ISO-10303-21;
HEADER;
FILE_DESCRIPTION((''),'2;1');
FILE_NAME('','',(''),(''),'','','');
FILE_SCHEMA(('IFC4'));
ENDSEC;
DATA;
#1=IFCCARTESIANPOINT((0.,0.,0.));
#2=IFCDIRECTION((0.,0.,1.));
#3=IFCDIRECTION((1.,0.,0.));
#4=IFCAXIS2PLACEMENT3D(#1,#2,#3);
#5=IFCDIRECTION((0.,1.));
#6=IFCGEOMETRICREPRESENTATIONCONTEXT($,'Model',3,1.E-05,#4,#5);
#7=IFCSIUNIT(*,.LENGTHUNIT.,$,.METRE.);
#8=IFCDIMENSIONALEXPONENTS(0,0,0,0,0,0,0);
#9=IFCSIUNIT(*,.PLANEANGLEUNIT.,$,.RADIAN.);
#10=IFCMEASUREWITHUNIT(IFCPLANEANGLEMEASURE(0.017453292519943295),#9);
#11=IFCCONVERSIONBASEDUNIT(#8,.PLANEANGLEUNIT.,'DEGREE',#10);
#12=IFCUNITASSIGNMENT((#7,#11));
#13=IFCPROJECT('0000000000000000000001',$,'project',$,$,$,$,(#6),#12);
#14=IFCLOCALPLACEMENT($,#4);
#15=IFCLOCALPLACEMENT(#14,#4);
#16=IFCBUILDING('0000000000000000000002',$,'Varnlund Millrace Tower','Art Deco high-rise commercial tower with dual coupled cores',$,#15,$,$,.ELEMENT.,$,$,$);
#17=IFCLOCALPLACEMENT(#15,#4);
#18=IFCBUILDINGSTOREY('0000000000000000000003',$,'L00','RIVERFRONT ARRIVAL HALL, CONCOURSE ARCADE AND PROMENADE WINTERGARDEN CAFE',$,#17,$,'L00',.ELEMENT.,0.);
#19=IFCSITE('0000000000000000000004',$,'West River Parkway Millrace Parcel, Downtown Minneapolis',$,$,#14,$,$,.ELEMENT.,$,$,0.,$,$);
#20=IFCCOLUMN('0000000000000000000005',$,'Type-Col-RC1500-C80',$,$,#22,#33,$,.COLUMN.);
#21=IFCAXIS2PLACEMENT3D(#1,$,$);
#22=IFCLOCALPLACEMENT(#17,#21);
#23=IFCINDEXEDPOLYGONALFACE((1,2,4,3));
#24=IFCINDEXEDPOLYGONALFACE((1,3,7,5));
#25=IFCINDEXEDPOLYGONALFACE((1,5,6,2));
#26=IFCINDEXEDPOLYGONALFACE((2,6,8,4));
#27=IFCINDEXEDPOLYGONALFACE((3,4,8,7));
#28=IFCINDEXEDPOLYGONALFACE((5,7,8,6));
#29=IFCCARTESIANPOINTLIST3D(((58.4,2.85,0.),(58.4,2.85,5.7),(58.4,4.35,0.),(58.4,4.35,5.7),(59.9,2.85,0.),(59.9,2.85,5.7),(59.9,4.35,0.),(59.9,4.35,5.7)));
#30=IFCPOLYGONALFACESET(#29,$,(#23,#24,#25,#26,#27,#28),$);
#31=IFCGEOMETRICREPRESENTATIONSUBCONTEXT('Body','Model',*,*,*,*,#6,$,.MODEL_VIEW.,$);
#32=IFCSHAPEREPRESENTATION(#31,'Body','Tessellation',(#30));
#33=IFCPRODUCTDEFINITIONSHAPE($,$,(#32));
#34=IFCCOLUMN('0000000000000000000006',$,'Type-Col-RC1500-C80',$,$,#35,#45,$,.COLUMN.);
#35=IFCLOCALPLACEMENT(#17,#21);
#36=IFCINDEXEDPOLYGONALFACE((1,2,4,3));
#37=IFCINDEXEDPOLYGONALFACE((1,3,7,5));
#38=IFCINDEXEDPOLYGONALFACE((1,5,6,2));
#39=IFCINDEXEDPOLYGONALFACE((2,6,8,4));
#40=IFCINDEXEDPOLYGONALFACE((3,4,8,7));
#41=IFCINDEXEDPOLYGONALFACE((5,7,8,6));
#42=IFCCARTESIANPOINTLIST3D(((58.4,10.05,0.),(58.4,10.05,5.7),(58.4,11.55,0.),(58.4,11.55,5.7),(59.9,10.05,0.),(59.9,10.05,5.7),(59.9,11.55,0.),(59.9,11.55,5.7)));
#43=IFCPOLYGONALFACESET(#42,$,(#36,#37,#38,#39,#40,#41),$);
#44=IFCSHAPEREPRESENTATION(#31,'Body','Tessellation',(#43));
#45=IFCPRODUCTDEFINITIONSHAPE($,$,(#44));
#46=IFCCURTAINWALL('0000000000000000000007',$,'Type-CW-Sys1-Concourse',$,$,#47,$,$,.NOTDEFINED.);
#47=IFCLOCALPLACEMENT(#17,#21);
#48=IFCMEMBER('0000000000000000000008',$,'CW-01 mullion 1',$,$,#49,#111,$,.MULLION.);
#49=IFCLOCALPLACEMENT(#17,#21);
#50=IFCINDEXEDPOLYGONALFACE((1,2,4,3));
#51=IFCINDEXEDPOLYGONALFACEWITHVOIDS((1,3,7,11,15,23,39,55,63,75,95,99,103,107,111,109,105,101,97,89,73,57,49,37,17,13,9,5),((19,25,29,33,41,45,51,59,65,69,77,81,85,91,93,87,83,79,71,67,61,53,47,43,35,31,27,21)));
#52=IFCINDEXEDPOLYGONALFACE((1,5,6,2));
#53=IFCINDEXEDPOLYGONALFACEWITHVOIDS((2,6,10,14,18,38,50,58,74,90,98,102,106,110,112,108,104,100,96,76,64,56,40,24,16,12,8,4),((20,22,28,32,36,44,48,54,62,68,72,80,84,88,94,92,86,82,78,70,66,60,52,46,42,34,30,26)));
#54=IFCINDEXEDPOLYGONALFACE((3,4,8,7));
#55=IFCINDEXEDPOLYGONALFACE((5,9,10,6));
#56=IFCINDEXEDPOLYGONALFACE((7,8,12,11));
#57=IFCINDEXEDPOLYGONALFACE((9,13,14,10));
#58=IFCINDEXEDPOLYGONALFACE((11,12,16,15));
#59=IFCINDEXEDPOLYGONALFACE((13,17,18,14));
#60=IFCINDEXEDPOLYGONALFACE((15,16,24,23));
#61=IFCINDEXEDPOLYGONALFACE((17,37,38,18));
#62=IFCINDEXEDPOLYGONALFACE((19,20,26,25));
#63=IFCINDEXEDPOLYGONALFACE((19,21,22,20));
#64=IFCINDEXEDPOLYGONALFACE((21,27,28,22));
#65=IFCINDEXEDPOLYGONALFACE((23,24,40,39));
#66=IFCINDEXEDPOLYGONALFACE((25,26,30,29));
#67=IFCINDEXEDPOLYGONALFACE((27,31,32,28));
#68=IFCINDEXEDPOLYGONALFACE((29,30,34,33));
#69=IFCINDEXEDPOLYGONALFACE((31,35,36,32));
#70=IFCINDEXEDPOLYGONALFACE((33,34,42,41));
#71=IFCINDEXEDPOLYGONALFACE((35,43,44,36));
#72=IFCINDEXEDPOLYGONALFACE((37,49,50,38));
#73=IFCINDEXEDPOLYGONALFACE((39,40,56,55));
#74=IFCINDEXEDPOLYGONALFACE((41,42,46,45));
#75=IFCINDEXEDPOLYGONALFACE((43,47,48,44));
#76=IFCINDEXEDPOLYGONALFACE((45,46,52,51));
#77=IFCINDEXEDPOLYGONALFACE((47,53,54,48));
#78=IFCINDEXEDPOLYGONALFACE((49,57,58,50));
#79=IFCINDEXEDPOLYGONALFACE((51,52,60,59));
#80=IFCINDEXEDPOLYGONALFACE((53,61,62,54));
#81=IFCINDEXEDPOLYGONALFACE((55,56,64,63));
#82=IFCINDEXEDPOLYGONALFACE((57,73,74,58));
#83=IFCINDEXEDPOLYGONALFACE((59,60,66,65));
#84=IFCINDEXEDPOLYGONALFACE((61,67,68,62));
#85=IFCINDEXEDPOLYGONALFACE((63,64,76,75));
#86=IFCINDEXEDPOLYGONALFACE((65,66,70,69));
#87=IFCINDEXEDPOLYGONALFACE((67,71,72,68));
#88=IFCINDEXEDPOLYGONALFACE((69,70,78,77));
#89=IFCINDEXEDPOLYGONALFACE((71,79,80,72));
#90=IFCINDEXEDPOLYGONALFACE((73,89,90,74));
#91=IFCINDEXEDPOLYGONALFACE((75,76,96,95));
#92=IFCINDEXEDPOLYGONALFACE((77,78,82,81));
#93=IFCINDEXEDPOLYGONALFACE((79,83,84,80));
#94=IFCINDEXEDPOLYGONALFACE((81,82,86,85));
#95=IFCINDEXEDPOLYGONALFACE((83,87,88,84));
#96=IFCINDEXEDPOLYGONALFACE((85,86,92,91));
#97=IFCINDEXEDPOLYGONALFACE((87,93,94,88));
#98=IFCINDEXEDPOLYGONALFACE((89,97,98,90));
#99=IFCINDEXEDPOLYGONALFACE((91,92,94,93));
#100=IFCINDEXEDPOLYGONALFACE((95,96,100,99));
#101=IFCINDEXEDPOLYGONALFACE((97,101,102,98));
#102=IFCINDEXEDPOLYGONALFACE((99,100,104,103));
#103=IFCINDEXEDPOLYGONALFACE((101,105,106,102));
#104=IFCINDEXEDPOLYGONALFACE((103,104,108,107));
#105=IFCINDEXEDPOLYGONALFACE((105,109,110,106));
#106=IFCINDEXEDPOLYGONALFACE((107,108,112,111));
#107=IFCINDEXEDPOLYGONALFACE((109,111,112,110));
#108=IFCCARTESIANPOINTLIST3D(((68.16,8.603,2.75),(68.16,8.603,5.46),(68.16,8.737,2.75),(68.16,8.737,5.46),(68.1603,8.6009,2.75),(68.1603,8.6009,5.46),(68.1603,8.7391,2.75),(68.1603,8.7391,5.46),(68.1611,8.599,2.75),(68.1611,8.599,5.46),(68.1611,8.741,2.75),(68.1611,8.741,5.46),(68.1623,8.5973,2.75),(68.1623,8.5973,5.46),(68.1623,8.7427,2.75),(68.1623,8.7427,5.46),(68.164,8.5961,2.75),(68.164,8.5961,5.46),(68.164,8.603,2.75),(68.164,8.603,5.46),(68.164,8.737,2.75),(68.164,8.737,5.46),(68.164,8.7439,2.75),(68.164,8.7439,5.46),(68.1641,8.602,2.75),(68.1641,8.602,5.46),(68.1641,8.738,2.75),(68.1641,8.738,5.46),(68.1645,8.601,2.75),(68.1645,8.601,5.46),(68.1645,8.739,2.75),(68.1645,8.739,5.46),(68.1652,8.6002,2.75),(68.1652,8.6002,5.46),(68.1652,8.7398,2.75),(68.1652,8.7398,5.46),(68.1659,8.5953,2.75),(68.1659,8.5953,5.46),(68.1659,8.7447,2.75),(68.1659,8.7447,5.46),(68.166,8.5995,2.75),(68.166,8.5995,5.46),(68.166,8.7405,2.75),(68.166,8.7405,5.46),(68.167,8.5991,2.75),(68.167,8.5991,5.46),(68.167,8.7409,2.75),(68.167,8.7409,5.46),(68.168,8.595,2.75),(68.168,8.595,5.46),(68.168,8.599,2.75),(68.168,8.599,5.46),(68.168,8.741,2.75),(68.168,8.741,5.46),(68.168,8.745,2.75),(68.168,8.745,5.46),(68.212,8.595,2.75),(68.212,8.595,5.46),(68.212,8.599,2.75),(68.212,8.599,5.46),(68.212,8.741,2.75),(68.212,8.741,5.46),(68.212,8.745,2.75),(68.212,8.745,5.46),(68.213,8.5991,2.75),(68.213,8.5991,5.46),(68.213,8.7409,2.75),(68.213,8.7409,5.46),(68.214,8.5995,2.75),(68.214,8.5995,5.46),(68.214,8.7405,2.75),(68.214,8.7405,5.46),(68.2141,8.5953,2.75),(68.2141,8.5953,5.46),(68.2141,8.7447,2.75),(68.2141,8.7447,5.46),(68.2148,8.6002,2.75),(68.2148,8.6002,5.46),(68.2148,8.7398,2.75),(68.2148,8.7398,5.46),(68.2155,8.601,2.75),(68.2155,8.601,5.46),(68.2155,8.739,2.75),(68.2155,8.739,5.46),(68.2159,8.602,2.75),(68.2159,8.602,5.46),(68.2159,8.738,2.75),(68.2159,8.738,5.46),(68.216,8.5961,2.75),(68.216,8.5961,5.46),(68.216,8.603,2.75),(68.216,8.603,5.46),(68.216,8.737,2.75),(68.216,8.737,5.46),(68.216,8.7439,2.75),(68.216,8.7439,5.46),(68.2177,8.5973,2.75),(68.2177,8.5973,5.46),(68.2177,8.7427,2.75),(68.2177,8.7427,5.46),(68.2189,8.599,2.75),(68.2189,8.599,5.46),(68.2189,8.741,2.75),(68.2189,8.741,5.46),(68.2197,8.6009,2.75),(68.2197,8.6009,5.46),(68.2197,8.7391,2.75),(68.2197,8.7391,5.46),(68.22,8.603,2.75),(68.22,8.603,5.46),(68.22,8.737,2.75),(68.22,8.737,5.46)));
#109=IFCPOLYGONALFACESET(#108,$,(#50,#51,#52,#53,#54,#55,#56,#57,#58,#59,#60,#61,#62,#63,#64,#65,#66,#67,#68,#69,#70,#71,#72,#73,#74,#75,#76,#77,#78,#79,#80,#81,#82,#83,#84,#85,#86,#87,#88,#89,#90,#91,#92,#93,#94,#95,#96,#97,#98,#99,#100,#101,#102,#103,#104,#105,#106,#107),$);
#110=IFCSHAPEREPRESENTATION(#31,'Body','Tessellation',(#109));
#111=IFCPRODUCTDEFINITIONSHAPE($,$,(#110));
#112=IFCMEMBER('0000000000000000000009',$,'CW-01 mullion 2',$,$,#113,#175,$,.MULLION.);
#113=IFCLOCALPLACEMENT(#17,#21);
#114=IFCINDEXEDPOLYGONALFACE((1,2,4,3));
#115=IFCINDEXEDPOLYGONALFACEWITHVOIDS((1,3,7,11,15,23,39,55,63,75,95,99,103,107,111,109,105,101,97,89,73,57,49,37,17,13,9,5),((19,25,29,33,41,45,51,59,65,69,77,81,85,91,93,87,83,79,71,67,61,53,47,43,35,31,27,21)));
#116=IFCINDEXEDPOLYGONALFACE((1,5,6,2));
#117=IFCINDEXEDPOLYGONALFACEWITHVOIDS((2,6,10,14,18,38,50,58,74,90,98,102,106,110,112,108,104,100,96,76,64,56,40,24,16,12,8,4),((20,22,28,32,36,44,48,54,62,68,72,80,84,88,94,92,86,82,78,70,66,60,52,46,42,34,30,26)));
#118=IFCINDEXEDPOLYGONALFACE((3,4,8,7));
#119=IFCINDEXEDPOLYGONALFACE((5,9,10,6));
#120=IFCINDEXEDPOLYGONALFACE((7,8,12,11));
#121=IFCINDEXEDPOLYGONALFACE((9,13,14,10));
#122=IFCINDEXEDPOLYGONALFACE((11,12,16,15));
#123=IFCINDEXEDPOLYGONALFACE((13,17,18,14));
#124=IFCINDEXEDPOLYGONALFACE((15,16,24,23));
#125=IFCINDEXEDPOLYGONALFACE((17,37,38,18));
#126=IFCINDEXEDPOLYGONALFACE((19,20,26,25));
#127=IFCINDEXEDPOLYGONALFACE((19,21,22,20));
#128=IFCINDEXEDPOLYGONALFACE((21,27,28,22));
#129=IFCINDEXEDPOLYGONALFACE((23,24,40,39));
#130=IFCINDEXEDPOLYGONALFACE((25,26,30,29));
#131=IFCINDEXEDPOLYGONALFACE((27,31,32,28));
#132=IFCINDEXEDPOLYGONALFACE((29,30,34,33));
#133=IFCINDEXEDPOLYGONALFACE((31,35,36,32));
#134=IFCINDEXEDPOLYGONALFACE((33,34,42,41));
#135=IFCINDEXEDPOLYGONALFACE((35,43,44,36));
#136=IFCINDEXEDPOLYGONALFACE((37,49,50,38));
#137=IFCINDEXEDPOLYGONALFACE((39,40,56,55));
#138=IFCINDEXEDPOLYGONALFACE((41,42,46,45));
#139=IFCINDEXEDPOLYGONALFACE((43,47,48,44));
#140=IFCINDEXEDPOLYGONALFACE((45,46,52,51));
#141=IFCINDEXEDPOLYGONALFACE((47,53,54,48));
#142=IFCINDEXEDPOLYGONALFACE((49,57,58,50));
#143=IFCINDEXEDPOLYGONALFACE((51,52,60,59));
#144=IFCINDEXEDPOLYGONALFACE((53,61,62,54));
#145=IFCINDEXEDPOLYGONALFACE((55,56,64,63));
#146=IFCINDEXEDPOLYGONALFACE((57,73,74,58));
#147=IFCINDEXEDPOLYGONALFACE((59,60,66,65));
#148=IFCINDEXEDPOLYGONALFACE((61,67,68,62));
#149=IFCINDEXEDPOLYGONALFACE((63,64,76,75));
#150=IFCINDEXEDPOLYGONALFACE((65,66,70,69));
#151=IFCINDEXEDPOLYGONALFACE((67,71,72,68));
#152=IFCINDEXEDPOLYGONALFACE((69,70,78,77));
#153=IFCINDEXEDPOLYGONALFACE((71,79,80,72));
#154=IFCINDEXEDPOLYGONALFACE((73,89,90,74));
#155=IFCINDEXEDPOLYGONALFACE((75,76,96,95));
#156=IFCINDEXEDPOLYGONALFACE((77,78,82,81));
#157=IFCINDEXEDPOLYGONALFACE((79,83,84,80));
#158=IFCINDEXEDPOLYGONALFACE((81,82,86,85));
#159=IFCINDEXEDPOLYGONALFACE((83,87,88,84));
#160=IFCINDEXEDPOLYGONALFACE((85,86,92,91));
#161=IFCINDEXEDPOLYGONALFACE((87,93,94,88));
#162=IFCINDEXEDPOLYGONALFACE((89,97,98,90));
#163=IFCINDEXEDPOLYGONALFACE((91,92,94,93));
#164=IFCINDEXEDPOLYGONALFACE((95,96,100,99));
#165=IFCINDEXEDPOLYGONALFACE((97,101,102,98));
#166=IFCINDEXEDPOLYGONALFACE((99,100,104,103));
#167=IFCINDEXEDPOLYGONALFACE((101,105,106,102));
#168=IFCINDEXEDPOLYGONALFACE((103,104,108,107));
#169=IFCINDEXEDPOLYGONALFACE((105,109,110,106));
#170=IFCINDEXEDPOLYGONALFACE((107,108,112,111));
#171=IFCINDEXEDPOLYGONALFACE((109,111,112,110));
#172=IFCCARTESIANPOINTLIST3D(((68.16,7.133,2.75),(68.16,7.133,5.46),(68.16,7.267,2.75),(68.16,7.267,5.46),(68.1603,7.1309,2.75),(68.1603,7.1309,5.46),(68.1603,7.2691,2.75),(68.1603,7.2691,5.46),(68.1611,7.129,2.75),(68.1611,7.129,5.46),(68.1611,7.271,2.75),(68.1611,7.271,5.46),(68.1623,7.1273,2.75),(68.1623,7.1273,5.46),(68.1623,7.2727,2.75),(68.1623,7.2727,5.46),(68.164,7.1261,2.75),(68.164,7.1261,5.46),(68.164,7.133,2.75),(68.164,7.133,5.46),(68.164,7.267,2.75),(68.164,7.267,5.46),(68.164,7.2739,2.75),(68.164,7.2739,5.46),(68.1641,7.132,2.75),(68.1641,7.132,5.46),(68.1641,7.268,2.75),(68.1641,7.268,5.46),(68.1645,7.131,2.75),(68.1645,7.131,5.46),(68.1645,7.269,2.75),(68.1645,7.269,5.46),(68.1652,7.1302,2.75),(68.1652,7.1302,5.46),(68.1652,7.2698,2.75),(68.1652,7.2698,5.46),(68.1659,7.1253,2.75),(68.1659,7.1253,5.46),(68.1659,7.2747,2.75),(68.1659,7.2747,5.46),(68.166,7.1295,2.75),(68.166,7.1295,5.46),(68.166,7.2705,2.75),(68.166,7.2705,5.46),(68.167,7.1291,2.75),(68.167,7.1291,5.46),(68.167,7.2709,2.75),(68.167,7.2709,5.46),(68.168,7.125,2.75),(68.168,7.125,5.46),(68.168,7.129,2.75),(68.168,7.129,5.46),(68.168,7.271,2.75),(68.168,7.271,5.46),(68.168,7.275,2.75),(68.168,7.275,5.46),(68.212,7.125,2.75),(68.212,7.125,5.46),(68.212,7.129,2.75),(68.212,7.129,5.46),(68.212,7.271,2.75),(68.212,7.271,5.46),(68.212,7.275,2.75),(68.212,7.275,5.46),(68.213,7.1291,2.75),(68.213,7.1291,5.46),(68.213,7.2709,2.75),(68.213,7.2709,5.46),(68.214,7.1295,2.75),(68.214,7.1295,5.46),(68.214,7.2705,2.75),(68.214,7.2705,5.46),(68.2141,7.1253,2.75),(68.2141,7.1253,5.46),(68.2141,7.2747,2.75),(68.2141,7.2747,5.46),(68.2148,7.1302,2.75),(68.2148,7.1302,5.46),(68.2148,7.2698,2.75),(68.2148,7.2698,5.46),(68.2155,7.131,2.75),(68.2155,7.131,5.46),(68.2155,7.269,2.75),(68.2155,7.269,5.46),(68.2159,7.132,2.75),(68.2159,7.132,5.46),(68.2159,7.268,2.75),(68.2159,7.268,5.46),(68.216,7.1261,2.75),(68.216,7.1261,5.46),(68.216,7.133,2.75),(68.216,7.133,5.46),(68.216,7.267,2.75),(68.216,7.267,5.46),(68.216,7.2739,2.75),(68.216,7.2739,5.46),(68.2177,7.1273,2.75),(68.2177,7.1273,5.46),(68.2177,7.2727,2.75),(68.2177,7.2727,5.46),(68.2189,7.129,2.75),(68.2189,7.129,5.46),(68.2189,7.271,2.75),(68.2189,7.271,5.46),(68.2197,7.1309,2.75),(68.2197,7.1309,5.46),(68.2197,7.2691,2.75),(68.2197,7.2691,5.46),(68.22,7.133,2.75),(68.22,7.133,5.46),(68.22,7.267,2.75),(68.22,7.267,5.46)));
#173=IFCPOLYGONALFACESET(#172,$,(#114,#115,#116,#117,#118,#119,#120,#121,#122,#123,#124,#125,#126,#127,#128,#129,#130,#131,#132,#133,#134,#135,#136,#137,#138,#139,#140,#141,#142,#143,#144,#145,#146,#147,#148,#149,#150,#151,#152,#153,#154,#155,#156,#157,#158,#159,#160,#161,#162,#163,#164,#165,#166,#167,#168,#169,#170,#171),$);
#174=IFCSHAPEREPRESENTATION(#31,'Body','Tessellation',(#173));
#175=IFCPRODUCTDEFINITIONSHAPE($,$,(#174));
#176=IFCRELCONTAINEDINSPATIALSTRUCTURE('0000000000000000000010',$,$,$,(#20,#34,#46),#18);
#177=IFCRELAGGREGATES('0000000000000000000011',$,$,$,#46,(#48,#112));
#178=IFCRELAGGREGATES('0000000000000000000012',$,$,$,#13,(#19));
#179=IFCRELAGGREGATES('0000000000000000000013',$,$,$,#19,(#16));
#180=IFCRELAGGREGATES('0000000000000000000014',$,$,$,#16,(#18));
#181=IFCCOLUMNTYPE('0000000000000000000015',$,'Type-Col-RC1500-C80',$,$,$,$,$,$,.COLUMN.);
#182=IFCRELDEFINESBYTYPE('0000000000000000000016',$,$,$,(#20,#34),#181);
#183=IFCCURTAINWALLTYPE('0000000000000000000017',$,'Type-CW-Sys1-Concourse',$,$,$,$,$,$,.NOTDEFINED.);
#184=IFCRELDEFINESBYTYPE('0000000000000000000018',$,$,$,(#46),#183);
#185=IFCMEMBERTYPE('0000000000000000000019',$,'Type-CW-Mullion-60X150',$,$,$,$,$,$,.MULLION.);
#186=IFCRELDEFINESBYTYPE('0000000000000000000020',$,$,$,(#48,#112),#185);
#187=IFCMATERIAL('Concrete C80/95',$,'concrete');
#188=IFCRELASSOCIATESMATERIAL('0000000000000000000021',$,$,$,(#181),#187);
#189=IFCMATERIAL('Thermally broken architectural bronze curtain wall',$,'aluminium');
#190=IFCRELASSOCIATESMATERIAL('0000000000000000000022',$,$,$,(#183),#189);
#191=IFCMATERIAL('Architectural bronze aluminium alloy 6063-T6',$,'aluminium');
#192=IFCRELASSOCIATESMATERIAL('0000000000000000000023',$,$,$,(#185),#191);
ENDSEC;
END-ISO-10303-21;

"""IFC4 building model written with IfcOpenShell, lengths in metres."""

from ifc_helpers import new_model, entity, si_unit, converted_unit, direction, frame, origin_with_axes, origin_2d_with_axis, place, context, subcontext, project, spatial, rectangle, hollow_rectangle, extrude, material, material_profile, profile_set, type_object, element, aggregate, save


model = new_model("IFC4")

# Units and contexts
model_context = context("Model", 3, precision=1e-05, world=origin_with_axes(), true_north=direction((0.0, 1.0)))
body_context = subcontext(model_context, "Body", "Model", "MODEL_VIEW")
ifc_project = project(units=[si_unit("LENGTHUNIT", "METRE"), converted_unit("PLANEANGLEUNIT", "DEGREE", entity("IfcPlaneAngleMeasure", 0.017453292519943295), si_unit("PLANEANGLEUNIT", "RADIAN"), dimensions=[0, 0, 0, 0, 0, 0, 0])], contexts=[model_context])

# Site, building, storey
site_placement = place(None, origin_with_axes())
site = spatial("IfcSite", under=ifc_project, at=site_placement, Name="West River Parkway Millrace Parcel, Downtown Minneapolis", CompositionType="ELEMENT", RefElevation=0.0)
building_placement = place(site_placement, origin_with_axes())
building = spatial("IfcBuilding", under=site, at=building_placement, Name="Varnlund Millrace Tower", Description="Art Deco high-rise commercial tower with dual coupled cores", CompositionType="ELEMENT")
storey_placement = place(building_placement, origin_with_axes())
storey = spatial("IfcBuildingStorey", under=building, at=storey_placement, Name="L00", Description="RIVERFRONT ARRIVAL HALL, CONCOURSE ARCADE AND PROMENADE WINTERGARDEN CAFE", LongName="L00", CompositionType="ELEMENT", Elevation=0.0)

# Columns
ifc_material_1 = material(Name="Concrete C80/95", Category="concrete")
ifc_material_profile_1 = material_profile(ifc_material_1, rectangle(XDim=1.5, YDim=1.5, at=origin_2d_with_axis()), Name="Concrete C80/95")
ifc_profile_set_1 = profile_set([ifc_material_profile_1], Name="Concrete C80/95")
column_type = type_object("IfcColumnType", Name="Type-Col-RC1500-C80", PredefinedType="COLUMN", material=ifc_profile_set_1)
for number, where, z_axis, x_axis, name in (
    (1, (59.15, 3.6, 0.0), (0.0, 0.0, 1.0), (1.0, 0.0, 0.0), "Type-Col-RC1500-C80"),
    (2, (59.15, 10.8, 0.0), (0.0, 0.0, 1.0), (1.0, 0.0, 0.0), "Type-Col-RC1500-C80"),
):
    element("IfcColumn", number, at=place(storey_placement, frame(where, z_axis=z_axis, x_axis=x_axis)), inside=storey, type_object=column_type, Name=name, PredefinedType="COLUMN", context=body_context, shape_type="SweptSolid", body=[
        extrude(rectangle(XDim=1.5, YDim=1.5, at=origin_2d_with_axis()), origin_with_axes(), (0.0, 0.0, 1.0), 5.7),
    ])

# Curtain wall, members
ifc_material_2 = material(Name="Thermally broken architectural bronze curtain wall", Category="aluminium")
curtain_wall_type = type_object("IfcCurtainWallType", Name="Type-CW-Sys1-Concourse", PredefinedType="NOTDEFINED", material=ifc_material_2)
curtain_wall_placement = place(storey_placement, frame((68.19, 8.7, 2.75), z_axis=(0.0, 0.0, 1.0), x_axis=(1.0, 0.0, 0.0)))
curtain_wall = element("IfcCurtainWall", 3, at=curtain_wall_placement, inside=storey, type_object=curtain_wall_type, Name="Type-CW-Sys1-Concourse", PredefinedType="NOTDEFINED")
ifc_material_3 = material(Name="Architectural bronze aluminium alloy 6063-T6", Category="aluminium")
ifc_material_profile_2 = material_profile(ifc_material_3, hollow_rectangle(XDim=0.06, YDim=0.15, WallThickness=0.004, InnerFilletRadius=0.004, OuterFilletRadius=0.008, at=origin_2d_with_axis()), Name="Architectural bronze aluminium alloy 6063-T6")
ifc_profile_set_2 = profile_set([ifc_material_profile_2], Name="Architectural bronze aluminium alloy 6063-T6")
member_type_1 = type_object("IfcMemberType", Name="Type-CW-Mullion-60X150", PredefinedType="MULLION", material=ifc_profile_set_2)
member_1_placement = place(storey_placement, frame((68.19, 8.67, 2.75), z_axis=(0.0, 0.0, 1.0), x_axis=(1.0, 0.0, 0.0)))
member_1 = element("IfcMember", 4, at=member_1_placement, type_object=member_type_1, Name="CW-01 mullion 1", PredefinedType="MULLION", context=body_context, shape_type="SweptSolid", body=[
    extrude(hollow_rectangle(XDim=0.06, YDim=0.15, WallThickness=0.004, InnerFilletRadius=0.004, OuterFilletRadius=0.008, at=origin_2d_with_axis()), origin_with_axes(), (0.0, 0.0, 1.0), 2.71),
])
member_2_placement = place(storey_placement, frame((68.19, 7.2, 2.75), z_axis=(0.0, 0.0, 1.0), x_axis=(1.0, 0.0, 0.0)))
member_2 = element("IfcMember", 5, at=member_2_placement, type_object=member_type_1, Name="CW-01 mullion 2", PredefinedType="MULLION", context=body_context, shape_type="SweptSolid", body=[
    extrude(hollow_rectangle(XDim=0.06, YDim=0.15, WallThickness=0.004, InnerFilletRadius=0.004, OuterFilletRadius=0.008, at=origin_2d_with_axis()), origin_with_axes(), (0.0, 0.0, 1.0), 2.71),
])

aggregate(curtain_wall, [member_1, member_2])

save(model, "model.ifc")
